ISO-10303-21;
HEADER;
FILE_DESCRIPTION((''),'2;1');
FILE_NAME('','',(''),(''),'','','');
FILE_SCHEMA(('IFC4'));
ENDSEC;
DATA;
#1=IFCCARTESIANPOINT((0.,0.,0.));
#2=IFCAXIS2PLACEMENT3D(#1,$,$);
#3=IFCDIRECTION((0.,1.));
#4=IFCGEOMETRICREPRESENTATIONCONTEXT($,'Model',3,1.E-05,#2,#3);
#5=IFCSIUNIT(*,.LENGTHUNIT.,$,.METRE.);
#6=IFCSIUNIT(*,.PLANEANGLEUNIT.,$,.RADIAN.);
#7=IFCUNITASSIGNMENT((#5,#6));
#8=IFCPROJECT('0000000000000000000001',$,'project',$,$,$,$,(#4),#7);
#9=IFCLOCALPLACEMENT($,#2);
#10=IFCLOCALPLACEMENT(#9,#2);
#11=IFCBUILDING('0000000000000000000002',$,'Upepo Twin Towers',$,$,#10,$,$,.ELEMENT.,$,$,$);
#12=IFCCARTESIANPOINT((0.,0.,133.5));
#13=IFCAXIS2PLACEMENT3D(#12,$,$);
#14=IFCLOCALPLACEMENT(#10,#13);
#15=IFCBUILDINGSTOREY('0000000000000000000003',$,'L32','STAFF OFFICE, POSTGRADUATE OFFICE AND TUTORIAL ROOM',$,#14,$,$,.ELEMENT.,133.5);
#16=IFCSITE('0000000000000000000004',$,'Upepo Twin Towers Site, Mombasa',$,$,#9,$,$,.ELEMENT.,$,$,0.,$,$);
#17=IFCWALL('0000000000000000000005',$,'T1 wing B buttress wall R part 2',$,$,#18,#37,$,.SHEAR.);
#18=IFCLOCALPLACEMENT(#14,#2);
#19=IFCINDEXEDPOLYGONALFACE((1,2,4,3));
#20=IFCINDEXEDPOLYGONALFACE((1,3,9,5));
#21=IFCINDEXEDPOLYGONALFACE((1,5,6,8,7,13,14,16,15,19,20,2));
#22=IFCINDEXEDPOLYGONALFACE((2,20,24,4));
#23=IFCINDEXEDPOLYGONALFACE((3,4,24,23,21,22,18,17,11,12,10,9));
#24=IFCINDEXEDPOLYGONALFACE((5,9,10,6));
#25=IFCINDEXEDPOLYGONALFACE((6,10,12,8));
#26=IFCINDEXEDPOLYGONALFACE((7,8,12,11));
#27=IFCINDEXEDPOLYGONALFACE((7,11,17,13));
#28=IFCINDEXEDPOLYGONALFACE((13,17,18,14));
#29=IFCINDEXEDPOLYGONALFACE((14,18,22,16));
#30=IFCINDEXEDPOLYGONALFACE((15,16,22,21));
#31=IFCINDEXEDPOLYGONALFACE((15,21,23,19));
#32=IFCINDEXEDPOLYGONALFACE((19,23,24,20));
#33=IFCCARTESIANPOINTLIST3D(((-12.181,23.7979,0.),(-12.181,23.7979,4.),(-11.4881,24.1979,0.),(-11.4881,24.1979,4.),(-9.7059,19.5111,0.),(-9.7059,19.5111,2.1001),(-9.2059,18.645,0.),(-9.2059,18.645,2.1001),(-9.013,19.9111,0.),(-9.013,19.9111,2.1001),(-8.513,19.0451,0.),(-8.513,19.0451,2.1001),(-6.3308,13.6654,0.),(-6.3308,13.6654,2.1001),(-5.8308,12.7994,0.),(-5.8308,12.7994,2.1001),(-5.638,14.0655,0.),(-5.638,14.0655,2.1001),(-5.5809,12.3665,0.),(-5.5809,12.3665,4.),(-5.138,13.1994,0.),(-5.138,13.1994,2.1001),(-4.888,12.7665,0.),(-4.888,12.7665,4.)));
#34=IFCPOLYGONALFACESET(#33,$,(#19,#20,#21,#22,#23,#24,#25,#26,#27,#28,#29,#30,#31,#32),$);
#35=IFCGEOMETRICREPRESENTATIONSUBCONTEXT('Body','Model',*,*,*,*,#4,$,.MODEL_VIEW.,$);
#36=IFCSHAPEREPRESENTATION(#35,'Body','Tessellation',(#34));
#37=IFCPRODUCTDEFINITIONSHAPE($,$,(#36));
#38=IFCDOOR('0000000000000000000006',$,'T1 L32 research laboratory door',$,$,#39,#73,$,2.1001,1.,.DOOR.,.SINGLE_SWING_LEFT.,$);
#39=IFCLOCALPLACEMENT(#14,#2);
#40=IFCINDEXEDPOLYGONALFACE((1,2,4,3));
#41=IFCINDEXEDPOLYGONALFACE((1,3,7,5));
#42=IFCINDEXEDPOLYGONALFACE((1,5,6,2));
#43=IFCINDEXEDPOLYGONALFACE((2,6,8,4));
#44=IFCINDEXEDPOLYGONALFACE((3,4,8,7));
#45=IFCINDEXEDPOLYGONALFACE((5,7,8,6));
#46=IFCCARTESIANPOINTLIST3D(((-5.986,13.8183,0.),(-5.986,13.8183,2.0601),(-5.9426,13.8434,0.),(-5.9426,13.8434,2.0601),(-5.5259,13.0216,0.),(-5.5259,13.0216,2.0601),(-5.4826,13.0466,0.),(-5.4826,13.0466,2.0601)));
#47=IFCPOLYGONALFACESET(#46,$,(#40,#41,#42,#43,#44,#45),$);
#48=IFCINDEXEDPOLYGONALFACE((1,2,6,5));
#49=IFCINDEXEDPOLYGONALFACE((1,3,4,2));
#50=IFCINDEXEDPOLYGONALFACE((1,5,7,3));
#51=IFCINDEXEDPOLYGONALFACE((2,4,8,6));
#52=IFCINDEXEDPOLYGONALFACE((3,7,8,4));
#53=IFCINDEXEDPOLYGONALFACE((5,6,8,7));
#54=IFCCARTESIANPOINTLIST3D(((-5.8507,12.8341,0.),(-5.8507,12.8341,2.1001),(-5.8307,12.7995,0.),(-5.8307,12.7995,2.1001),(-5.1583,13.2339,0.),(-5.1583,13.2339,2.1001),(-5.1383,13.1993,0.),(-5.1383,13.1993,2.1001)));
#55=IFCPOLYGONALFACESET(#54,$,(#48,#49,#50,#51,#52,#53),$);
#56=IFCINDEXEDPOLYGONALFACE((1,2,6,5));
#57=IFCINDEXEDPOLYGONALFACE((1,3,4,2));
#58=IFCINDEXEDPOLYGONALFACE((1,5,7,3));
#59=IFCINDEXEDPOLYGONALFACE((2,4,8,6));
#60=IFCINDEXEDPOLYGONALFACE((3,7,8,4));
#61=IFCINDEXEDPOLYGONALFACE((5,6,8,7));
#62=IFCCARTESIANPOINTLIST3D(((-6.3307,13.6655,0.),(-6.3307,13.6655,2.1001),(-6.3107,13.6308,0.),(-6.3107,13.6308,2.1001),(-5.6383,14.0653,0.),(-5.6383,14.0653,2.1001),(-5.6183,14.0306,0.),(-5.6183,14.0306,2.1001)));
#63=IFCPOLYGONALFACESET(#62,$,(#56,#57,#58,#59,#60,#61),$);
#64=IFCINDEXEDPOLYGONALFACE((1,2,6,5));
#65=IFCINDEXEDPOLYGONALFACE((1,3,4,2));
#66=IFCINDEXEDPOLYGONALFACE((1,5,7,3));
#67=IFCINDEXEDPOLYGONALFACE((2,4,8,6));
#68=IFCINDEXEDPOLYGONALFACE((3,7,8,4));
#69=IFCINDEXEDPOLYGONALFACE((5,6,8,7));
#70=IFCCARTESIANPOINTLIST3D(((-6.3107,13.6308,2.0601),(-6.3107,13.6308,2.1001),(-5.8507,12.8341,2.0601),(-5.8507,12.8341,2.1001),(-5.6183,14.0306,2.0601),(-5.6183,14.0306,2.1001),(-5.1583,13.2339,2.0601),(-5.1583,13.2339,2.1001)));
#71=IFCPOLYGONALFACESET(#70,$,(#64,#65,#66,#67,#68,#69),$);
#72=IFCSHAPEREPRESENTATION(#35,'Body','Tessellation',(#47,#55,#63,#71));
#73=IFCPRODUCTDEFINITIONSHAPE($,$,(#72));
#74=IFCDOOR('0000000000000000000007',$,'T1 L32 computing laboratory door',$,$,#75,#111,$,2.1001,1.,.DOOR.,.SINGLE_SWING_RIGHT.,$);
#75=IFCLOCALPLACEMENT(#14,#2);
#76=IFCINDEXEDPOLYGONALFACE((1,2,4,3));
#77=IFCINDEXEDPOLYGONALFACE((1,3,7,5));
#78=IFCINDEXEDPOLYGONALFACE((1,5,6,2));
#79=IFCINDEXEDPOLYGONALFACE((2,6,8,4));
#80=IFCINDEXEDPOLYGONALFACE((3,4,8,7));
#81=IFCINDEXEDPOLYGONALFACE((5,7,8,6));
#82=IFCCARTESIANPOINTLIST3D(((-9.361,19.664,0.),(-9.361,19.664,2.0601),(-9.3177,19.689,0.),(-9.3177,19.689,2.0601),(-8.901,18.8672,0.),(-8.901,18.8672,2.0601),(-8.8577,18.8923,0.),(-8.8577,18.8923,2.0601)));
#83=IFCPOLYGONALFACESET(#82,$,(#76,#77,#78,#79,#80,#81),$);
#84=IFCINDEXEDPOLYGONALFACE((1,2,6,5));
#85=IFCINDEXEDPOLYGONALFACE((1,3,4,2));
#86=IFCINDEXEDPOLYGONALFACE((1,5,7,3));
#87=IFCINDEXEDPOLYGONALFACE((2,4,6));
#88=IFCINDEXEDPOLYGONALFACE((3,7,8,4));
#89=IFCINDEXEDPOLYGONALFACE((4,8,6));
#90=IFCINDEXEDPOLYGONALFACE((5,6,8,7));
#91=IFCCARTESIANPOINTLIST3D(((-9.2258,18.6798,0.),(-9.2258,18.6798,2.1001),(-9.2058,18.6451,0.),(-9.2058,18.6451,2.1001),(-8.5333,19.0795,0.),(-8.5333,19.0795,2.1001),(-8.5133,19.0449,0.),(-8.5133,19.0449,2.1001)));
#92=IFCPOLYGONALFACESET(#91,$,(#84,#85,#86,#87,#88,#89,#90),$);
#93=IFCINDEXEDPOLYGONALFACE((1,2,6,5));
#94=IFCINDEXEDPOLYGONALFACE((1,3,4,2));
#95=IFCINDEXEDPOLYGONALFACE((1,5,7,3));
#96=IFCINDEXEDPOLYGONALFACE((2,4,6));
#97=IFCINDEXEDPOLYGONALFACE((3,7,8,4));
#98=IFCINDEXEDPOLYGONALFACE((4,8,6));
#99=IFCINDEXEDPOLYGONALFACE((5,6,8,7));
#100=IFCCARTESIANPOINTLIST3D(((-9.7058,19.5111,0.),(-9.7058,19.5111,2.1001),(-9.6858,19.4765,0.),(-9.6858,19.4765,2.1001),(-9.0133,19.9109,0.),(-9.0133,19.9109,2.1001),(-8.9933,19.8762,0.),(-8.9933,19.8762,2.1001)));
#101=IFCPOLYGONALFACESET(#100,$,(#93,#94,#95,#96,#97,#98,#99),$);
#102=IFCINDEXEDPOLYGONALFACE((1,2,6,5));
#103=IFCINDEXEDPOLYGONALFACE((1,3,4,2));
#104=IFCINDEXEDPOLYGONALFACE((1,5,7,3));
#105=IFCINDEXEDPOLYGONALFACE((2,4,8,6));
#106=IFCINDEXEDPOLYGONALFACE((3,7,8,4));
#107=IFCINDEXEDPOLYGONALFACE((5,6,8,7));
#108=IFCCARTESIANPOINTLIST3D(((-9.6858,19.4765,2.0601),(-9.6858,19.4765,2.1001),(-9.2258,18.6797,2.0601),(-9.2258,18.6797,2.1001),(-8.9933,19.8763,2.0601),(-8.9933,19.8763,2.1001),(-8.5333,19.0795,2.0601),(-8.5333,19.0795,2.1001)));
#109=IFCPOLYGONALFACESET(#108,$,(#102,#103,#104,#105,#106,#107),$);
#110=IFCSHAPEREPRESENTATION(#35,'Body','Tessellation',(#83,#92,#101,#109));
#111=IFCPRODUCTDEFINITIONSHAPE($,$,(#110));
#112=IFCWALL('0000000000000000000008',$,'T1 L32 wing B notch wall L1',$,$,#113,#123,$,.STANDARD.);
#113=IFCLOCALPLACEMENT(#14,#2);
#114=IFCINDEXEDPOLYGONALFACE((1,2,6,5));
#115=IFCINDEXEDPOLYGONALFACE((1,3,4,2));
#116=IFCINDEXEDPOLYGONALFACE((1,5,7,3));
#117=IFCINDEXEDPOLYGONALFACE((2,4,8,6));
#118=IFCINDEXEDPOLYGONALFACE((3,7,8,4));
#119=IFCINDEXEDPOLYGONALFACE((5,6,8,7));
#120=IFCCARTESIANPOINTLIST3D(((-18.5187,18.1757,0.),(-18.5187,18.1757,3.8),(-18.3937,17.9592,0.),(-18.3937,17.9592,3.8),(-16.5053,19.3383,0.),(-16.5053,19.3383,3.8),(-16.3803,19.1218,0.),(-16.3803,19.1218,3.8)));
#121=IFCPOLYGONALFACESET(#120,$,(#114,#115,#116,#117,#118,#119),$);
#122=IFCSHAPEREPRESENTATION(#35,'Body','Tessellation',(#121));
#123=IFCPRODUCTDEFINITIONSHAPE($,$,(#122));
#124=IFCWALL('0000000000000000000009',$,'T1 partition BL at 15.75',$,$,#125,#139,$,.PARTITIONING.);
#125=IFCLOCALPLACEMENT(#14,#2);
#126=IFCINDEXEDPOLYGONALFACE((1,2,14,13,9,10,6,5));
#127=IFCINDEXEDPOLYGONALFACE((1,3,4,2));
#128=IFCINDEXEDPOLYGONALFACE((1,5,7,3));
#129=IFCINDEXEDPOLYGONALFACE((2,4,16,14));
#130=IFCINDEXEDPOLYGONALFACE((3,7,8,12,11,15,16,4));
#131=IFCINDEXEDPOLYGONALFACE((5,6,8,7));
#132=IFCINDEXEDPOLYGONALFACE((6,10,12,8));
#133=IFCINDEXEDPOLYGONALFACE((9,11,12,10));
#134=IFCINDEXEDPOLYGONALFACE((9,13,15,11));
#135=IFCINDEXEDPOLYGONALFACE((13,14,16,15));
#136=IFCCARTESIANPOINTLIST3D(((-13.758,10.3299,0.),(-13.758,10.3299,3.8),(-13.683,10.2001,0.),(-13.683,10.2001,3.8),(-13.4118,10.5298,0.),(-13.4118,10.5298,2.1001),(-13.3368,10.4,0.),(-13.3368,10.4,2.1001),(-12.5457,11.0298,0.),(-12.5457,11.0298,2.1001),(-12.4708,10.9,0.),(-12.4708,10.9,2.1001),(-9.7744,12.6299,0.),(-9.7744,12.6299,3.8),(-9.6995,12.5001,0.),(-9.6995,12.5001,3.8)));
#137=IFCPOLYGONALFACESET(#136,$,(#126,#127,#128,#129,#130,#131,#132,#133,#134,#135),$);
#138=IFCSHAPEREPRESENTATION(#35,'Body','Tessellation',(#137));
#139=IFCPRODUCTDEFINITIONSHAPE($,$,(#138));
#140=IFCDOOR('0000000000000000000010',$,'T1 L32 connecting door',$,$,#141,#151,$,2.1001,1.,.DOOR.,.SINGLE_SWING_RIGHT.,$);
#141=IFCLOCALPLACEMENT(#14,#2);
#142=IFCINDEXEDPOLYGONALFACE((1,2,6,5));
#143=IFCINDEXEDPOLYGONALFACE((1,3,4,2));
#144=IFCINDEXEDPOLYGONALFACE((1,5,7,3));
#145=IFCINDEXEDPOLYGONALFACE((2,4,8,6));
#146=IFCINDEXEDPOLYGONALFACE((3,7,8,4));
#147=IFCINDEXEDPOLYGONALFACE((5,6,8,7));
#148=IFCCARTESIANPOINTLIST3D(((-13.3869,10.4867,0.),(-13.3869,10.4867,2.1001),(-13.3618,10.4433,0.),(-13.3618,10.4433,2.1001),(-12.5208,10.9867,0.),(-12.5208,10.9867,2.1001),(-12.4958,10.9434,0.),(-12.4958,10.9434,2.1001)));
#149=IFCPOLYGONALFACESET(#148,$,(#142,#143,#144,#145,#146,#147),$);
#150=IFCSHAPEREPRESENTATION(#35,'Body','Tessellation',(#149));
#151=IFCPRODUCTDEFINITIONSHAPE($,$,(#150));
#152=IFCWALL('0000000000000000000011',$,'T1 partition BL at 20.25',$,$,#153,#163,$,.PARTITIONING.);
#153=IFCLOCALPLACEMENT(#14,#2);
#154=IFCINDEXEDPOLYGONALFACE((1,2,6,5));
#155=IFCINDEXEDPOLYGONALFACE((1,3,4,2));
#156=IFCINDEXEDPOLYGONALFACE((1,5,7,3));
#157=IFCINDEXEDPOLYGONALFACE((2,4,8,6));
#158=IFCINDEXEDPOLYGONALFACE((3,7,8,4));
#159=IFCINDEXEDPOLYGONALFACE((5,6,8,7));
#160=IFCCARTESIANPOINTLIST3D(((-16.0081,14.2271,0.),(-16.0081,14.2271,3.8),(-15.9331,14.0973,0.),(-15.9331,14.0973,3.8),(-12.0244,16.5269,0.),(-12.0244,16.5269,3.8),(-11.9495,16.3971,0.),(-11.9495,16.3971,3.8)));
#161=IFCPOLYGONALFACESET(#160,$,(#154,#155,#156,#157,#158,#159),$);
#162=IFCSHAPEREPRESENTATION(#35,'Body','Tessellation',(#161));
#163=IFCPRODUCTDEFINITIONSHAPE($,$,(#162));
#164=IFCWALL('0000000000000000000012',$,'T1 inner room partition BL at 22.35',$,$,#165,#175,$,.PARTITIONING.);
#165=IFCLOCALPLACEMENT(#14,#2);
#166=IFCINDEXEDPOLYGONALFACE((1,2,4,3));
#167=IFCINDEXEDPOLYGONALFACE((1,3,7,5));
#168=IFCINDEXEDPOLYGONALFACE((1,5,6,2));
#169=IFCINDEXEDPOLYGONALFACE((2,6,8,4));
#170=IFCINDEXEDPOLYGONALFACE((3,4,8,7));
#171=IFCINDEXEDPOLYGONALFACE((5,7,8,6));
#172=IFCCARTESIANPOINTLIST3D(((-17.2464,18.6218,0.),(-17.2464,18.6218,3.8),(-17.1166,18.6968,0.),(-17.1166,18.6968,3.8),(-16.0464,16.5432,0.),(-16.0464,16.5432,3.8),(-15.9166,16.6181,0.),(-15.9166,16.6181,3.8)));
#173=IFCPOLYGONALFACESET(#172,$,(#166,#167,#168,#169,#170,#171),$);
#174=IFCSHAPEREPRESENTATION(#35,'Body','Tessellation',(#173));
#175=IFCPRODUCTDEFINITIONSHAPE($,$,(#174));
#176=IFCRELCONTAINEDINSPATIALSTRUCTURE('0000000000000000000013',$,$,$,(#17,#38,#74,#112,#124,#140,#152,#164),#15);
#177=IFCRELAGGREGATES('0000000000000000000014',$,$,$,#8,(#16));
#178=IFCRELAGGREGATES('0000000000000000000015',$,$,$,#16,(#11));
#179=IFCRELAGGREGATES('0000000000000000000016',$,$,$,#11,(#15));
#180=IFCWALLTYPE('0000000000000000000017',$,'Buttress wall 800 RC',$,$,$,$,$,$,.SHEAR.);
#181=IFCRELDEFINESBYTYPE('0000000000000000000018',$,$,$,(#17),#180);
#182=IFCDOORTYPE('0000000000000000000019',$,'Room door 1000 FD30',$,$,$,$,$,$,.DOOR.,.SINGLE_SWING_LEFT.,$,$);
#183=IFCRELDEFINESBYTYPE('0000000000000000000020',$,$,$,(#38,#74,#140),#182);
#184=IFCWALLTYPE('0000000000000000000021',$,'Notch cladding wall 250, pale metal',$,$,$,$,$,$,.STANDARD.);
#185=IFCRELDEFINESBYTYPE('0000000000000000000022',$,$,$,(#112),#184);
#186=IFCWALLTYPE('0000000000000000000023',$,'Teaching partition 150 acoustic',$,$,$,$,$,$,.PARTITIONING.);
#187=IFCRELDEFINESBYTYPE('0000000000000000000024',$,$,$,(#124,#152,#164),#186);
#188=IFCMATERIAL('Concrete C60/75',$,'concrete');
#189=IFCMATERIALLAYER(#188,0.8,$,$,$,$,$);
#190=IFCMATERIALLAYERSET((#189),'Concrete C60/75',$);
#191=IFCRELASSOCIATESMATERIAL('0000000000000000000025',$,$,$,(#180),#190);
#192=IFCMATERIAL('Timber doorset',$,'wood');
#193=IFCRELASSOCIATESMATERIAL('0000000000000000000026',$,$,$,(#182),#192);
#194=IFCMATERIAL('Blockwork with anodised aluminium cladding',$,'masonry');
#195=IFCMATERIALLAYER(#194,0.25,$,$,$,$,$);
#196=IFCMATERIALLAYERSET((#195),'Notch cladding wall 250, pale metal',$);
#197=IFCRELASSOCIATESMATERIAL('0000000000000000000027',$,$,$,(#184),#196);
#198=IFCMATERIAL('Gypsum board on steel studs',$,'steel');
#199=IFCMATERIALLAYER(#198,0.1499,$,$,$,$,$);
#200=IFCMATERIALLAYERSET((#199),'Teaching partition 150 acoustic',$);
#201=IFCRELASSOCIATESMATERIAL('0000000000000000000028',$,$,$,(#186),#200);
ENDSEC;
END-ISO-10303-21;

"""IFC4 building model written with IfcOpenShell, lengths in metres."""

from ifc_helpers import new_model, si_unit, direction, frame, frame_2d, origin, place, context, subcontext, project, spatial, rectangle, extrude, material, layer, layer_set, type_object, element, fill, save


model = new_model("IFC4")

# Units and contexts
model_context = context("Model", 3, precision=1e-05, world=origin(), true_north=direction((0.0, 1.0)))
body_context = subcontext(model_context, "Body", "Model", "MODEL_VIEW")
ifc_project = project(units=[si_unit("LENGTHUNIT", "METRE"), si_unit("PLANEANGLEUNIT", "RADIAN")], contexts=[model_context])

# Site, building, storey
site_placement = place(None, origin())
site = spatial("IfcSite", under=ifc_project, at=site_placement, Name="Upepo Twin Towers Site, Mombasa", CompositionType="ELEMENT", RefElevation=0.0)
building_placement = place(site_placement, origin())
building = spatial("IfcBuilding", under=site, at=building_placement, Name="Upepo Twin Towers", CompositionType="ELEMENT")
storey_placement = place(building_placement, frame((0.0, 0.0, 133.5)))
storey = spatial("IfcBuildingStorey", under=building, at=storey_placement, Name="L32", Description="STAFF OFFICE, POSTGRADUATE OFFICE AND TUTORIAL ROOM", CompositionType="ELEMENT", Elevation=133.5)

# Wall, openings, doors
ifc_material_1 = material(Name="Concrete C60/75", Category="concrete")
ifc_layer_1 = layer(ifc_material_1, 0.8)
ifc_layer_set_1 = layer_set([ifc_layer_1], Name="Concrete C60/75")
wall_type_1 = type_object("IfcWallType", Name="Buttress wall 800 RC", PredefinedType="SHEAR", material=ifc_layer_set_1)
wall_1_placement = place(storey_placement, frame((-5.2344, 12.5664, 0.0), z_axis=(0.0, 0.0, 1.0), x_axis=(-0.50001, 0.86602, 0.0)))
wall_1 = element("IfcWall", 1, at=wall_1_placement, inside=storey, type_object=wall_type_1, Name="T1 wing B buttress wall R part 2", PredefinedType="SHEAR", context=body_context, shape_type="SweptSolid", body=[
    extrude(rectangle(XDim=13.2, YDim=0.8, at=frame_2d((6.6001, 0.0))), origin(), (0.0, 0.0, 1.0), 4.0),
])
opening_1_placement = place(wall_1_placement, frame((0.5, 0.0, 0.0)))
opening_1 = element("IfcOpeningElement", 2, at=opening_1_placement, cuts=wall_1, PredefinedType="OPENING", context=body_context, shape_type="SweptSolid", body=[
    extrude(rectangle(XDim=1.0, YDim=2.1001, at=frame_2d((0.5, 1.05))), frame((0.0, 0.4099, 0.0), z_axis=(0.0, -1.0, 0.0), x_axis=(1.0, 0.0, 0.0)), (0.0, 0.0, 1.0), 0.8201),
])
opening_2_placement = place(wall_1_placement, frame((7.25, 0.0, 0.0)))
opening_2 = element("IfcOpeningElement", 3, at=opening_2_placement, cuts=wall_1, PredefinedType="OPENING", context=body_context, shape_type="SweptSolid", body=[
    extrude(rectangle(XDim=1.0, YDim=2.1001, at=frame_2d((0.5, 1.05))), frame((0.0, 0.4099, 0.0), z_axis=(0.0, -1.0, 0.0), x_axis=(1.0, 0.0, 0.0)), (0.0, 0.0, 1.0), 0.8201),
])
ifc_material_2 = material(Name="Timber doorset", Category="wood")
door_type = type_object("IfcDoorType", Name="Room door 1000 FD30", OperationType="SINGLE_SWING_LEFT", PredefinedType="DOOR", material=ifc_material_2)
door_1_placement = place(opening_1_placement, origin())
door_1 = element("IfcDoor", 4, at=door_1_placement, inside=storey, type_object=door_type, Name="T1 L32 research laboratory door", OperationType="SINGLE_SWING_LEFT", OverallHeight=2.1001, OverallWidth=1.0, PredefinedType="DOOR", context=body_context, shape_type="SweptSolid", body=[
    extrude(rectangle(XDim=0.92, YDim=2.0601, at=frame_2d((0.5, 1.03))), frame((0.0, 0.0249, 0.0), z_axis=(0.0, -1.0, 0.0), x_axis=(1.0, 0.0, 0.0)), (0.0, 0.0, 1.0), 0.05),
    extrude(rectangle(XDim=0.04, YDim=2.1001, at=frame_2d((0.02, 1.05))), frame((0.0, 0.3999, 0.0), z_axis=(0.0, -1.0, 0.0), x_axis=(1.0, 0.0, 0.0)), (0.0, 0.0, 1.0), 0.7996),
    extrude(rectangle(XDim=0.04, YDim=2.1001, at=frame_2d((0.98, 1.05))), frame((0.0, 0.3999, 0.0), z_axis=(0.0, -1.0, 0.0), x_axis=(1.0, 0.0, 0.0)), (0.0, 0.0, 1.0), 0.7996),
    extrude(rectangle(XDim=0.92, YDim=0.04, at=frame_2d((0.5, 2.0801))), frame((0.0, 0.3999, 0.0), z_axis=(0.0, -1.0, 0.0), x_axis=(1.0, 0.0, 0.0)), (0.0, 0.0, 1.0), 0.7996),
])
fill(opening_1, door_1)
door_2_placement = place(opening_2_placement, origin())
door_2 = element("IfcDoor", 5, at=door_2_placement, inside=storey, type_object=door_type, Name="T1 L32 computing laboratory door", OperationType="SINGLE_SWING_RIGHT", OverallHeight=2.1001, OverallWidth=1.0, PredefinedType="DOOR", context=body_context, shape_type="SweptSolid", body=[
    extrude(rectangle(XDim=0.92, YDim=2.0601, at=frame_2d((0.5, 1.03))), frame((0.0, 0.0249, 0.0), z_axis=(0.0, -1.0, 0.0), x_axis=(1.0, 0.0, 0.0)), (0.0, 0.0, 1.0), 0.05),
    extrude(rectangle(XDim=0.04, YDim=2.1001, at=frame_2d((0.02, 1.05))), frame((0.0, 0.3999, 0.0), z_axis=(0.0, -1.0, 0.0), x_axis=(1.0, 0.0, 0.0)), (0.0, 0.0, 1.0), 0.7996),
    extrude(rectangle(XDim=0.04, YDim=2.1001, at=frame_2d((0.98, 1.05))), frame((0.0, 0.3999, 0.0), z_axis=(0.0, -1.0, 0.0), x_axis=(1.0, 0.0, 0.0)), (0.0, 0.0, 1.0), 0.7996),
    extrude(rectangle(XDim=0.92, YDim=0.04, at=frame_2d((0.5, 2.0801))), frame((0.0, 0.3999, 0.0), z_axis=(0.0, -1.0, 0.0), x_axis=(1.0, 0.0, 0.0)), (0.0, 0.0, 1.0), 0.7996),
])
fill(opening_2, door_2)

# Wall
ifc_material_3 = material(Name="Blockwork with anodised aluminium cladding", Category="masonry")
ifc_layer_2 = layer(ifc_material_3, 0.25)
ifc_layer_set_2 = layer_set([ifc_layer_2], Name="Notch cladding wall 250, pale metal")
wall_type_2 = type_object("IfcWallType", Name="Notch cladding wall 250, pale metal", PredefinedType="STANDARD", material=ifc_layer_set_2)
wall_2_placement = place(storey_placement, frame((-18.4563, 18.0674, 0.0), z_axis=(0.0, 0.0, 1.0), x_axis=(0.865998, 0.500047, 0.0)))
element("IfcWall", 6, at=wall_2_placement, inside=storey, type_object=wall_type_2, Name="T1 L32 wing B notch wall L1", PredefinedType="STANDARD", context=body_context, shape_type="SweptSolid", body=[
    extrude(rectangle(XDim=2.325, YDim=0.25, at=frame_2d((1.1626, 0.0))), origin(), (0.0, 0.0, 1.0), 3.8),
])

# Wall, opening, door
ifc_material_4 = material(Name="Gypsum board on steel studs", Category="steel")
ifc_layer_3 = layer(ifc_material_4, 0.1499)
ifc_layer_set_3 = layer_set([ifc_layer_3], Name="Teaching partition 150 acoustic")
wall_type_3 = type_object("IfcWallType", Name="Teaching partition 150 acoustic", PredefinedType="PARTITIONING", material=ifc_layer_set_3)
wall_3_placement = place(storey_placement, frame((-9.7371, 12.5649, 0.0), z_axis=(0.0, 0.0, 1.0), x_axis=(-0.866017, -0.500015, 0.0)))
wall_3 = element("IfcWall", 7, at=wall_3_placement, inside=storey, type_object=wall_type_3, Name="T1 partition BL at 15.75", PredefinedType="PARTITIONING", context=body_context, shape_type="SweptSolid", body=[
    extrude(rectangle(XDim=4.5999, YDim=0.1499, at=frame_2d((2.2998, 0.0))), origin(), (0.0, 0.0, 1.0), 3.8),
])
opening_3_placement = place(wall_3_placement, frame((3.2, 0.0, 0.0)))
opening_3 = element("IfcOpeningElement", 8, at=opening_3_placement, cuts=wall_3, PredefinedType="OPENING", context=body_context, shape_type="SweptSolid", body=[
    extrude(rectangle(XDim=1.0, YDim=2.1001, at=frame_2d((0.5, 1.05))), frame((0.0, 0.085, 0.0), z_axis=(0.0, -1.0, 0.0), x_axis=(1.0, 0.0, 0.0)), (0.0, 0.0, 1.0), 0.1699),
])
door_3_placement = place(opening_3_placement, origin())
door_3 = element("IfcDoor", 9, at=door_3_placement, inside=storey, type_object=door_type, Name="T1 L32 connecting door", OperationType="SINGLE_SWING_RIGHT", OverallHeight=2.1001, OverallWidth=1.0, PredefinedType="DOOR", context=body_context, shape_type="SweptSolid", body=[
    extrude(rectangle(XDim=1.0, YDim=2.1001, at=frame_2d((0.5, 1.05))), frame((0.0, 0.0249, 0.0), z_axis=(0.0, -1.0, 0.0), x_axis=(1.0, 0.0, 0.0)), (0.0, 0.0, 1.0), 0.05),
])
fill(opening_3, door_3)

# Walls
wall_4_placement = place(storey_placement, frame((-11.9871, 16.4619, 0.0), z_axis=(0.0, 0.0, 1.0), x_axis=(-0.86604, -0.499975, 0.0)))
element("IfcWall", 10, at=wall_4_placement, inside=storey, type_object=wall_type_3, Name="T1 partition BL at 20.25", PredefinedType="PARTITIONING", context=body_context, shape_type="SweptSolid", body=[
    extrude(rectangle(XDim=4.5999, YDim=0.1499, at=frame_2d((2.2998, 0.0))), origin(), (0.0, 0.0, 1.0), 3.8),
])
wall_5_placement = place(storey_placement, frame((-15.9814, 16.5806, 0.0), z_axis=(0.0, 0.0, 1.0), x_axis=(-0.499957, 0.86605, 0.0)))
element("IfcWall", 11, at=wall_5_placement, inside=storey, type_object=wall_type_3, Name="T1 inner room partition BL at 22.35", PredefinedType="PARTITIONING", context=body_context, shape_type="SweptSolid", body=[
    extrude(rectangle(XDim=2.4001, YDim=0.1499, at=frame_2d((1.2002, 0.0))), origin(), (0.0, 0.0, 1.0), 3.8),
])

save(model, "model.ifc")
